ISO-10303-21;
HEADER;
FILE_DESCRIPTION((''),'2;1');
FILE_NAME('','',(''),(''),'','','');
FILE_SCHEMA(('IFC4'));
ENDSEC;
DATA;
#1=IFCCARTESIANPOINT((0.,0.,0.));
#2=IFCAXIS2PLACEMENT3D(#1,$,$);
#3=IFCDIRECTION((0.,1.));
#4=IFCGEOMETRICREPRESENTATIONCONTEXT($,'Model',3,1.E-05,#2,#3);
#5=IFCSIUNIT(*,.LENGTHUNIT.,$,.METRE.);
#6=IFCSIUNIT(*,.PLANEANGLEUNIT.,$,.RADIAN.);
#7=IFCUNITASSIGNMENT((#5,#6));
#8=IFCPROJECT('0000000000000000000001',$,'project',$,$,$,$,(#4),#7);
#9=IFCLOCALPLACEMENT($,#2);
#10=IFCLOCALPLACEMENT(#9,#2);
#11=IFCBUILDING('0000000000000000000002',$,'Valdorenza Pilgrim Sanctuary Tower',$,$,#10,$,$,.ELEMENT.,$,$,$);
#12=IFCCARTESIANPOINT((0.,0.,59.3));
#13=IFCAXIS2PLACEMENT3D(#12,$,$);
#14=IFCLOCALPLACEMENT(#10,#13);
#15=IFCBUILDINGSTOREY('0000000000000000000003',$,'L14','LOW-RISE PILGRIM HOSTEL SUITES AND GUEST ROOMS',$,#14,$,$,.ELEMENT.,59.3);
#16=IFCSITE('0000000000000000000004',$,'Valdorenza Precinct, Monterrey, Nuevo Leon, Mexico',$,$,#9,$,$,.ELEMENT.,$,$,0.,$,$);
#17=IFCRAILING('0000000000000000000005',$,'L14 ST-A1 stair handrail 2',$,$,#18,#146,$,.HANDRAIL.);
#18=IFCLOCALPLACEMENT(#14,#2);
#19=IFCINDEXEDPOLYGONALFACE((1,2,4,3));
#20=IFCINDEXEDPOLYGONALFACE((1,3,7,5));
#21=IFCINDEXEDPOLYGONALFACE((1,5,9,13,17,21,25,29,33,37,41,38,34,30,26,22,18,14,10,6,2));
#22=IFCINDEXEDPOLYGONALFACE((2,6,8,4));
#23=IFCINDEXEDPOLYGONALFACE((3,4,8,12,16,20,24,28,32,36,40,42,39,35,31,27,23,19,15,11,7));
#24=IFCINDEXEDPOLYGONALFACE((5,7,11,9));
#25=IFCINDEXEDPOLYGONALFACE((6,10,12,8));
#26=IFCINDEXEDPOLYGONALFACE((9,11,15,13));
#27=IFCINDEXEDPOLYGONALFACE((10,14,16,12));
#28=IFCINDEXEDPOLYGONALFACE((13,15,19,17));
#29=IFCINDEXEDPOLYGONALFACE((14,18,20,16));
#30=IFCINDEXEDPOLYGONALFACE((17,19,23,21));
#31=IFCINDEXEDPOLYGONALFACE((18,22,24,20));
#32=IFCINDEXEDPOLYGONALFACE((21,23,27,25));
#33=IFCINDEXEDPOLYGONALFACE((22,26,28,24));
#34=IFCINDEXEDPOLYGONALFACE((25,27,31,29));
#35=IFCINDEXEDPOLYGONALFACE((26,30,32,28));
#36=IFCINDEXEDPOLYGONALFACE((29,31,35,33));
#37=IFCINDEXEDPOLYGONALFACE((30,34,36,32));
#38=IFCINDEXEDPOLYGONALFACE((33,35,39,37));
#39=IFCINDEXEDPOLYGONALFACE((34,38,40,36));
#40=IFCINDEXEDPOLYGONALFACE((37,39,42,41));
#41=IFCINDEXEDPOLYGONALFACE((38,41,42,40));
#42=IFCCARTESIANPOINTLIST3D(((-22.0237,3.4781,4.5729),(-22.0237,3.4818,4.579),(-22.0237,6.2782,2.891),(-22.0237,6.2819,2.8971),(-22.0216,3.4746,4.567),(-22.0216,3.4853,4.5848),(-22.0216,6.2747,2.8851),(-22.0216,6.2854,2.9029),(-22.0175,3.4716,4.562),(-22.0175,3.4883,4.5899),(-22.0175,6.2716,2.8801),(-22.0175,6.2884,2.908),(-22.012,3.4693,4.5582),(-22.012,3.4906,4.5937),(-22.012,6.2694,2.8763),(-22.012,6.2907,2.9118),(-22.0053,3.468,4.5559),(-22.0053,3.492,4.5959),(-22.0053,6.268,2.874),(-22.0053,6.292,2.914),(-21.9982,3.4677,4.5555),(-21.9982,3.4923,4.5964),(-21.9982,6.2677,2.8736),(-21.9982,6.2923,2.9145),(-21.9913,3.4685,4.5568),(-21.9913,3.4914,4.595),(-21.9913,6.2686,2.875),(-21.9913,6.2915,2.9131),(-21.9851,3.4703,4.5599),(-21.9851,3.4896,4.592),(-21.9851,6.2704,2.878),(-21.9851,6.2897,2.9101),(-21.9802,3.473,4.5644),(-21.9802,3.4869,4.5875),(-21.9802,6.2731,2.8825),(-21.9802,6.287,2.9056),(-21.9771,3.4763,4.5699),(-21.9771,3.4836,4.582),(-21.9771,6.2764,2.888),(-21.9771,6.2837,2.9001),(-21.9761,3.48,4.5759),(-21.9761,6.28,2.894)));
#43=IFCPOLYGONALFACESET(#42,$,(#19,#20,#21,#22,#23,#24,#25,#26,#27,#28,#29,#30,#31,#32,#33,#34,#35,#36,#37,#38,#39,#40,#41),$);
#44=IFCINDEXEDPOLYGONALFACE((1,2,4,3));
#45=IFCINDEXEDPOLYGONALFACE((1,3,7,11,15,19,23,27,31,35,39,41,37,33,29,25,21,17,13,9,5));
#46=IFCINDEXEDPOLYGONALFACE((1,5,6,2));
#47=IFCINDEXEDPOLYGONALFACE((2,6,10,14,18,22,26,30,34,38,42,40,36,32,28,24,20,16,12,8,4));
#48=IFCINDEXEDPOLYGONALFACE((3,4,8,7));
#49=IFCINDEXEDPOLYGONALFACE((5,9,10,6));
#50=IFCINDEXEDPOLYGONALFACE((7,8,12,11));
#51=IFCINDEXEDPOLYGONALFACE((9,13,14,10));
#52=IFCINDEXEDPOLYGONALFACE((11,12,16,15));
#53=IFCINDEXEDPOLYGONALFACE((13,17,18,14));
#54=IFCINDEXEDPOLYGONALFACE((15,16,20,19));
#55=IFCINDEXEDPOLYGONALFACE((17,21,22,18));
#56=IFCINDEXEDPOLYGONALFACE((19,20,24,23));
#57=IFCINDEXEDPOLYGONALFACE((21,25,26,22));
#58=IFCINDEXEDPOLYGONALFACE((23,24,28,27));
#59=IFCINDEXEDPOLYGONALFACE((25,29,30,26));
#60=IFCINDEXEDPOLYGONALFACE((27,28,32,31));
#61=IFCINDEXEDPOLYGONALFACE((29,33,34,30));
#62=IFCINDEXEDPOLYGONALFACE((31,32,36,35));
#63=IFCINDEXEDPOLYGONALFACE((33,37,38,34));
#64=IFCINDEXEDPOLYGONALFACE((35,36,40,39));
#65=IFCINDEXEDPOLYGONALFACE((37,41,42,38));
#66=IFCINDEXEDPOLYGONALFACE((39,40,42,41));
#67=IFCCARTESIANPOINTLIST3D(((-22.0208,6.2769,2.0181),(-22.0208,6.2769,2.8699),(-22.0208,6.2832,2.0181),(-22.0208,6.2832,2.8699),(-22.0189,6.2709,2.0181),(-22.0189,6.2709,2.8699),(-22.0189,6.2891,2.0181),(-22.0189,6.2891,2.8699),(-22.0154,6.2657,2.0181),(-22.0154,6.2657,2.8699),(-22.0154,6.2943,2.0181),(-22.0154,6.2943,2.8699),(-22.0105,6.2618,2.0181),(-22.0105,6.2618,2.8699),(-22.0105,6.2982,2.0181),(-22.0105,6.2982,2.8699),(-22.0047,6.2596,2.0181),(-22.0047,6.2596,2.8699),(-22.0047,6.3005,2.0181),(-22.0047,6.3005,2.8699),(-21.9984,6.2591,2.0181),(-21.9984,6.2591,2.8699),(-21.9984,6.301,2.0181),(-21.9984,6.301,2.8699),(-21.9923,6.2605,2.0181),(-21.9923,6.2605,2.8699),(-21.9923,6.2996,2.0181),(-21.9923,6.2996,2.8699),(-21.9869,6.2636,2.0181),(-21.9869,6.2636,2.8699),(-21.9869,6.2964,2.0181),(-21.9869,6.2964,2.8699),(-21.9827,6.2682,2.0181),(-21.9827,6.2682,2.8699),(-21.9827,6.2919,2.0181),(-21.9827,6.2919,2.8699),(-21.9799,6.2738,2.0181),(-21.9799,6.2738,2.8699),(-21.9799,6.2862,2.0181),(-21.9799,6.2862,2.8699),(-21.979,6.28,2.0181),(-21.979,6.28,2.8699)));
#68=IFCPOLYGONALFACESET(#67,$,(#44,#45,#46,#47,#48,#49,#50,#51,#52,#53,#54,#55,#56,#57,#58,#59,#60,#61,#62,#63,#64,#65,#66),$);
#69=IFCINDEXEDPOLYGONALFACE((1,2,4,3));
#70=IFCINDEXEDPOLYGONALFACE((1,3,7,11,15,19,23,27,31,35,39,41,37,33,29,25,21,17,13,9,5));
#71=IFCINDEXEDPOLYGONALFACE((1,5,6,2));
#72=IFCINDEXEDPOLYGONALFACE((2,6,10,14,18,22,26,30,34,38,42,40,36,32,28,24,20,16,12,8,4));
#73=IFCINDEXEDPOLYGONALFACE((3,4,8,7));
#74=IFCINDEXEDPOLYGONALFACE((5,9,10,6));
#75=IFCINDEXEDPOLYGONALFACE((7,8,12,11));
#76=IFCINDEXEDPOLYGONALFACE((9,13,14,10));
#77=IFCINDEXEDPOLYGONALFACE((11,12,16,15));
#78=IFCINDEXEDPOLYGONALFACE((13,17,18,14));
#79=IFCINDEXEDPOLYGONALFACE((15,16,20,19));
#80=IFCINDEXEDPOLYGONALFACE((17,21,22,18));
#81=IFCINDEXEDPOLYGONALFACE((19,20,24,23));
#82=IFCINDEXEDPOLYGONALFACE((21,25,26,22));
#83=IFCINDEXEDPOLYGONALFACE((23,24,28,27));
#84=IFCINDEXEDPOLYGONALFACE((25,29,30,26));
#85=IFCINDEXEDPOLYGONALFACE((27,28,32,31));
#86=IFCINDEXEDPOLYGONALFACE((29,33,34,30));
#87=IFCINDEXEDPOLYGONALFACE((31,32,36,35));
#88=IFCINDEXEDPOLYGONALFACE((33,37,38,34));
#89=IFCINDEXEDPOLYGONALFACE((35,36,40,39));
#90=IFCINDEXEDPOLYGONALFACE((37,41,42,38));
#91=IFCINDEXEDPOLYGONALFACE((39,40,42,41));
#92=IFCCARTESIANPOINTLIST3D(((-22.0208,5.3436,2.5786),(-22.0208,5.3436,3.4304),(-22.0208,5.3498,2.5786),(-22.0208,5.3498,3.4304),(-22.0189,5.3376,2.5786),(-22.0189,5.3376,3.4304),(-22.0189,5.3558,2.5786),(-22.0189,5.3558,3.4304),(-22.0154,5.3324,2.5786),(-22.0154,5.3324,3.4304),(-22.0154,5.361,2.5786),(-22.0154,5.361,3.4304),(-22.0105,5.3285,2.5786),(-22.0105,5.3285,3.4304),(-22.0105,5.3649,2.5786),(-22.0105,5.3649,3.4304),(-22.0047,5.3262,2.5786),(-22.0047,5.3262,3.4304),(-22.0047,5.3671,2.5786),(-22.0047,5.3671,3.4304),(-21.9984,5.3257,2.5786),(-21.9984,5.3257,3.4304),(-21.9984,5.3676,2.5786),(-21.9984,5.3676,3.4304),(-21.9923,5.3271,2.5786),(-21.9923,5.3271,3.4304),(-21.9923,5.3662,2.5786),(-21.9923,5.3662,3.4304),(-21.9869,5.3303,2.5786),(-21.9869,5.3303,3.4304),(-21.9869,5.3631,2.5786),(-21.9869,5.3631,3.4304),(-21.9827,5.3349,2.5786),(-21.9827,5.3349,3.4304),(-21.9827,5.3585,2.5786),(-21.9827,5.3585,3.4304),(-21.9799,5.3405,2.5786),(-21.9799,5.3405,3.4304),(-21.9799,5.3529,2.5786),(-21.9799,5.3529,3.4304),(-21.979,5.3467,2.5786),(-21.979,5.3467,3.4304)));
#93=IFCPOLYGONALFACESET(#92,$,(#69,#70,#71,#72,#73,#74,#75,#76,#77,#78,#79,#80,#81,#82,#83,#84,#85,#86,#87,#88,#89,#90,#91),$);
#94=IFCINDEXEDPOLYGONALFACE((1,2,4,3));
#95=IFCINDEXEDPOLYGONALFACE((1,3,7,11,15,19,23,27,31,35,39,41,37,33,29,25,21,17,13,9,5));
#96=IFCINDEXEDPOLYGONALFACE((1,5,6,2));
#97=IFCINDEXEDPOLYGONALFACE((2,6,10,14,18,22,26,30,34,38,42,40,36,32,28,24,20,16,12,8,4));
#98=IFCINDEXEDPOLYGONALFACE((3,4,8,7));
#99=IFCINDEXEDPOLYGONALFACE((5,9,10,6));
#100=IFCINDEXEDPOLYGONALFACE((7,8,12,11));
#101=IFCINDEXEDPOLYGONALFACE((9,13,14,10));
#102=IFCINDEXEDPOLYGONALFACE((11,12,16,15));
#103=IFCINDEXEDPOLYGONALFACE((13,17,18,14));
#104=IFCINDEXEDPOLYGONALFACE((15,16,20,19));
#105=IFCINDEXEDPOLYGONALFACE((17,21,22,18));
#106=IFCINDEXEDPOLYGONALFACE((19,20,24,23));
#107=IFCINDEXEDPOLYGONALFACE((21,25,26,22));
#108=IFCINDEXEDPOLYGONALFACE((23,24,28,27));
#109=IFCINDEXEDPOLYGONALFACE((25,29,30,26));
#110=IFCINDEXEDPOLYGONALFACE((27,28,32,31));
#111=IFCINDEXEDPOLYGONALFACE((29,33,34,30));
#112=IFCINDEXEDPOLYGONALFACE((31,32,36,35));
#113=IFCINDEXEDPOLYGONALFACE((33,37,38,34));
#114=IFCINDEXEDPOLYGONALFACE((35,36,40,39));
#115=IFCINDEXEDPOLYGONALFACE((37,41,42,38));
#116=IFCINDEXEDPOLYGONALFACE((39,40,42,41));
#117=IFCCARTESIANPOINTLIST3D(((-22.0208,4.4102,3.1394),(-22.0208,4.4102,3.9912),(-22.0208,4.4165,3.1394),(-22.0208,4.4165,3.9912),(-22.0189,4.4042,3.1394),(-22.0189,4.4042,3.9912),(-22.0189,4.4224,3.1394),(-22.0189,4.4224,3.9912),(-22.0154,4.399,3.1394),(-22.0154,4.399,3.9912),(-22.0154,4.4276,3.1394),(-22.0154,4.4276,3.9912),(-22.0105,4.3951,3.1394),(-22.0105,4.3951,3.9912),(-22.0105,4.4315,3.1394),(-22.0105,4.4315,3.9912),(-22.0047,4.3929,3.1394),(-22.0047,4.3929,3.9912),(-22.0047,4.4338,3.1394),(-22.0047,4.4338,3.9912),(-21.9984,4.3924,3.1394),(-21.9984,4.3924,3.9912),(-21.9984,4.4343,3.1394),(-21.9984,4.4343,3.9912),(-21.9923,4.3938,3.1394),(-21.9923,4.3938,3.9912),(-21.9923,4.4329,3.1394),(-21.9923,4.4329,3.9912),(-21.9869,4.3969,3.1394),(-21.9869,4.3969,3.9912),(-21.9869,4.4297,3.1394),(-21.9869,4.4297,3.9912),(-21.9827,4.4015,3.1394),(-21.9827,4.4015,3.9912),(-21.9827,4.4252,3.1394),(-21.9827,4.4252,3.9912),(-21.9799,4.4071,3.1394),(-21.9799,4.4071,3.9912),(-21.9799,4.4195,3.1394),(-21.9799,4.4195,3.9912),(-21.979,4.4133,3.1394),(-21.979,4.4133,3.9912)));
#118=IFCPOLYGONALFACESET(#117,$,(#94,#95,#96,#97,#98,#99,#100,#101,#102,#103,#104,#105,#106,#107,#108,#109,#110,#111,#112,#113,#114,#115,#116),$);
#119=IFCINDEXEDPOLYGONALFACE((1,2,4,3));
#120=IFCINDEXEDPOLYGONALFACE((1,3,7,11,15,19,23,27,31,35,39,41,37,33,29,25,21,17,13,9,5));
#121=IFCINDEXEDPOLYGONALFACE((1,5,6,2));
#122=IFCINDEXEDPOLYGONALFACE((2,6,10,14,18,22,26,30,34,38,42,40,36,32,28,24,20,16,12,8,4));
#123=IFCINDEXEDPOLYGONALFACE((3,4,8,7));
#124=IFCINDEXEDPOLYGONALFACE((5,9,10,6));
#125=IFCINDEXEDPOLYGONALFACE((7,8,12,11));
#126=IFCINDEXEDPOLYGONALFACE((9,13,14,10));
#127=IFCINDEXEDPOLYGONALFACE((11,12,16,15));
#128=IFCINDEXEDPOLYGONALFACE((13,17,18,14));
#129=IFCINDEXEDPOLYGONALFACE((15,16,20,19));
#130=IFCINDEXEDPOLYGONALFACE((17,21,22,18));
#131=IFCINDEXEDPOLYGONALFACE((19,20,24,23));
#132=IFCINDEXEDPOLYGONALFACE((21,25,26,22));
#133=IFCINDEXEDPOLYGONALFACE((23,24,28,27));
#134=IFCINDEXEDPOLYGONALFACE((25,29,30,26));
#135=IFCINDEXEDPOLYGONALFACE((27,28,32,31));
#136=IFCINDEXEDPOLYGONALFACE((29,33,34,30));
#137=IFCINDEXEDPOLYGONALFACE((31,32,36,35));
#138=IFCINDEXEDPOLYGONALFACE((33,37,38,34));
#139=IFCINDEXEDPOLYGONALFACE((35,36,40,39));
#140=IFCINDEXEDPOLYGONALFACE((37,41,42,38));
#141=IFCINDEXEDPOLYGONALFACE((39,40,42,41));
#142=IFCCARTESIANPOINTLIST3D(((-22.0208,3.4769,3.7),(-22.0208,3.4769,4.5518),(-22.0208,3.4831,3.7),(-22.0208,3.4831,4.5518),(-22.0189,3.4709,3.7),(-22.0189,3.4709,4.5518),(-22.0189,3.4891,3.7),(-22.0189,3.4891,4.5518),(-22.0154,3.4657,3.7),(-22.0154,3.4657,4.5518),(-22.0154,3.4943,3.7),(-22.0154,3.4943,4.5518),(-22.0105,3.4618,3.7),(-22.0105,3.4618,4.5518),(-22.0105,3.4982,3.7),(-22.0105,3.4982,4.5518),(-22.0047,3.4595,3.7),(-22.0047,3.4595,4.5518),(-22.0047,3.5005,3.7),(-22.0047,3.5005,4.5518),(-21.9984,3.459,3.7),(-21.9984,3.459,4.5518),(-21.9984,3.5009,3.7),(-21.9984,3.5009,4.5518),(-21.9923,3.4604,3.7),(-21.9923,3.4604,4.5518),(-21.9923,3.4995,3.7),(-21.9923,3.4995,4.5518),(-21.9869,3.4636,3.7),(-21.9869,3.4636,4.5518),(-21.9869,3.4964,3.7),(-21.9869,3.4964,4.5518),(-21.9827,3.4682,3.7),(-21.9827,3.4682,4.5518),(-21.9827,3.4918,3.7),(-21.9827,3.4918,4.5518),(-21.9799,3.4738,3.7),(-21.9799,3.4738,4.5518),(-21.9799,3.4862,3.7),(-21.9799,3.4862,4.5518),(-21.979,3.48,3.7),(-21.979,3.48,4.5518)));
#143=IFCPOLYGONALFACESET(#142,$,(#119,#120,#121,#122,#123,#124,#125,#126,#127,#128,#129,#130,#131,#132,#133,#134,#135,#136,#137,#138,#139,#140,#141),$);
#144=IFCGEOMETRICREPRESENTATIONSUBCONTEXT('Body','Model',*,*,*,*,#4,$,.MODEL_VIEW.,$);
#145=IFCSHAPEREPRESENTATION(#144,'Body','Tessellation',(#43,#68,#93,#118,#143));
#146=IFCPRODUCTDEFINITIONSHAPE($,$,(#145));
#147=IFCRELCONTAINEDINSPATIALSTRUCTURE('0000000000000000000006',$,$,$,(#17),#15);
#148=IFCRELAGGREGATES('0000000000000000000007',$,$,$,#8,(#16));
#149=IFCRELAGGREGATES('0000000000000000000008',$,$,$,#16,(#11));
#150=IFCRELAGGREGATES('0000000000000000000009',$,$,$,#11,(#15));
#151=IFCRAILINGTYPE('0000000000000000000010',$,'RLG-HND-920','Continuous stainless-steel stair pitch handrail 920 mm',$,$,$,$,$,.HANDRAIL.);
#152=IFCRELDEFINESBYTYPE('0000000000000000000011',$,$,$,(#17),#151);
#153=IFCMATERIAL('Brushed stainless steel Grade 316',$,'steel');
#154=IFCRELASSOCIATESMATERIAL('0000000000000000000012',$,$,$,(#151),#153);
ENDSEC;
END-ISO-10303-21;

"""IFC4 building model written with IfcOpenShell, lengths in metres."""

from ifc_helpers import new_model, si_unit, direction, frame, origin, origin_2d, place, context, subcontext, project, spatial, circle, extrude, material, type_object, element, save


model = new_model("IFC4")

# Units and contexts
model_context = context("Model", 3, precision=1e-05, world=origin(), true_north=direction((0.0, 1.0)))
body_context = subcontext(model_context, "Body", "Model", "MODEL_VIEW")
ifc_project = project(units=[si_unit("LENGTHUNIT", "METRE"), si_unit("PLANEANGLEUNIT", "RADIAN")], contexts=[model_context])

# Site, building, storey
site_placement = place(None, origin())
site = spatial("IfcSite", under=ifc_project, at=site_placement, Name="Valdorenza Precinct, Monterrey, Nuevo Leon, Mexico", CompositionType="ELEMENT", RefElevation=0.0)
building_placement = place(site_placement, origin())
building = spatial("IfcBuilding", under=site, at=building_placement, Name="Valdorenza Pilgrim Sanctuary Tower", CompositionType="ELEMENT")
storey_placement = place(building_placement, frame((0.0, 0.0, 59.3)))
storey = spatial("IfcBuildingStorey", under=building, at=storey_placement, Name="L14", Description="LOW-RISE PILGRIM HOSTEL SUITES AND GUEST ROOMS", CompositionType="ELEMENT", Elevation=59.3)

# Railing
ifc_material_1 = material(Name="Brushed stainless steel Grade 316", Category="steel")
railing_type = type_object("IfcRailingType", Name="RLG-HND-920", Description="Continuous stainless-steel stair pitch handrail 920 mm", PredefinedType="HANDRAIL", material=ifc_material_1)
railing_placement = place(storey_placement, frame((-22.0, 6.28, 2.0181)))
element("IfcRailing", 1, at=railing_placement, inside=storey, type_object=railing_type, Name="L14 ST-A1 stair handrail 2", PredefinedType="HANDRAIL", context=body_context, shape_type="SweptSolid", body=[
    extrude(circle(Radius=0.0239, at=origin_2d()), frame((0.0, 0.0, 0.876), z_axis=(0.0, -0.857242, 0.514913), x_axis=(1.0, 0.0, 0.0)), (0.0, 0.0, 1.0), 3.2664),
    extrude(circle(Radius=0.021, at=origin_2d()), origin(), (0.0, 0.0, 1.0), 0.8518),
    extrude(circle(Radius=0.021, at=origin_2d()), frame((0.0, -0.9333, 0.5605)), (0.0, 0.0, 1.0), 0.8518),
    extrude(circle(Radius=0.021, at=origin_2d()), frame((0.0, -1.8667, 1.1213)), (0.0, 0.0, 1.0), 0.8518),
    extrude(circle(Radius=0.021, at=origin_2d()), frame((0.0, -2.8, 1.6819)), (0.0, 0.0, 1.0), 0.8518),
])

save(model, "model.ifc")
